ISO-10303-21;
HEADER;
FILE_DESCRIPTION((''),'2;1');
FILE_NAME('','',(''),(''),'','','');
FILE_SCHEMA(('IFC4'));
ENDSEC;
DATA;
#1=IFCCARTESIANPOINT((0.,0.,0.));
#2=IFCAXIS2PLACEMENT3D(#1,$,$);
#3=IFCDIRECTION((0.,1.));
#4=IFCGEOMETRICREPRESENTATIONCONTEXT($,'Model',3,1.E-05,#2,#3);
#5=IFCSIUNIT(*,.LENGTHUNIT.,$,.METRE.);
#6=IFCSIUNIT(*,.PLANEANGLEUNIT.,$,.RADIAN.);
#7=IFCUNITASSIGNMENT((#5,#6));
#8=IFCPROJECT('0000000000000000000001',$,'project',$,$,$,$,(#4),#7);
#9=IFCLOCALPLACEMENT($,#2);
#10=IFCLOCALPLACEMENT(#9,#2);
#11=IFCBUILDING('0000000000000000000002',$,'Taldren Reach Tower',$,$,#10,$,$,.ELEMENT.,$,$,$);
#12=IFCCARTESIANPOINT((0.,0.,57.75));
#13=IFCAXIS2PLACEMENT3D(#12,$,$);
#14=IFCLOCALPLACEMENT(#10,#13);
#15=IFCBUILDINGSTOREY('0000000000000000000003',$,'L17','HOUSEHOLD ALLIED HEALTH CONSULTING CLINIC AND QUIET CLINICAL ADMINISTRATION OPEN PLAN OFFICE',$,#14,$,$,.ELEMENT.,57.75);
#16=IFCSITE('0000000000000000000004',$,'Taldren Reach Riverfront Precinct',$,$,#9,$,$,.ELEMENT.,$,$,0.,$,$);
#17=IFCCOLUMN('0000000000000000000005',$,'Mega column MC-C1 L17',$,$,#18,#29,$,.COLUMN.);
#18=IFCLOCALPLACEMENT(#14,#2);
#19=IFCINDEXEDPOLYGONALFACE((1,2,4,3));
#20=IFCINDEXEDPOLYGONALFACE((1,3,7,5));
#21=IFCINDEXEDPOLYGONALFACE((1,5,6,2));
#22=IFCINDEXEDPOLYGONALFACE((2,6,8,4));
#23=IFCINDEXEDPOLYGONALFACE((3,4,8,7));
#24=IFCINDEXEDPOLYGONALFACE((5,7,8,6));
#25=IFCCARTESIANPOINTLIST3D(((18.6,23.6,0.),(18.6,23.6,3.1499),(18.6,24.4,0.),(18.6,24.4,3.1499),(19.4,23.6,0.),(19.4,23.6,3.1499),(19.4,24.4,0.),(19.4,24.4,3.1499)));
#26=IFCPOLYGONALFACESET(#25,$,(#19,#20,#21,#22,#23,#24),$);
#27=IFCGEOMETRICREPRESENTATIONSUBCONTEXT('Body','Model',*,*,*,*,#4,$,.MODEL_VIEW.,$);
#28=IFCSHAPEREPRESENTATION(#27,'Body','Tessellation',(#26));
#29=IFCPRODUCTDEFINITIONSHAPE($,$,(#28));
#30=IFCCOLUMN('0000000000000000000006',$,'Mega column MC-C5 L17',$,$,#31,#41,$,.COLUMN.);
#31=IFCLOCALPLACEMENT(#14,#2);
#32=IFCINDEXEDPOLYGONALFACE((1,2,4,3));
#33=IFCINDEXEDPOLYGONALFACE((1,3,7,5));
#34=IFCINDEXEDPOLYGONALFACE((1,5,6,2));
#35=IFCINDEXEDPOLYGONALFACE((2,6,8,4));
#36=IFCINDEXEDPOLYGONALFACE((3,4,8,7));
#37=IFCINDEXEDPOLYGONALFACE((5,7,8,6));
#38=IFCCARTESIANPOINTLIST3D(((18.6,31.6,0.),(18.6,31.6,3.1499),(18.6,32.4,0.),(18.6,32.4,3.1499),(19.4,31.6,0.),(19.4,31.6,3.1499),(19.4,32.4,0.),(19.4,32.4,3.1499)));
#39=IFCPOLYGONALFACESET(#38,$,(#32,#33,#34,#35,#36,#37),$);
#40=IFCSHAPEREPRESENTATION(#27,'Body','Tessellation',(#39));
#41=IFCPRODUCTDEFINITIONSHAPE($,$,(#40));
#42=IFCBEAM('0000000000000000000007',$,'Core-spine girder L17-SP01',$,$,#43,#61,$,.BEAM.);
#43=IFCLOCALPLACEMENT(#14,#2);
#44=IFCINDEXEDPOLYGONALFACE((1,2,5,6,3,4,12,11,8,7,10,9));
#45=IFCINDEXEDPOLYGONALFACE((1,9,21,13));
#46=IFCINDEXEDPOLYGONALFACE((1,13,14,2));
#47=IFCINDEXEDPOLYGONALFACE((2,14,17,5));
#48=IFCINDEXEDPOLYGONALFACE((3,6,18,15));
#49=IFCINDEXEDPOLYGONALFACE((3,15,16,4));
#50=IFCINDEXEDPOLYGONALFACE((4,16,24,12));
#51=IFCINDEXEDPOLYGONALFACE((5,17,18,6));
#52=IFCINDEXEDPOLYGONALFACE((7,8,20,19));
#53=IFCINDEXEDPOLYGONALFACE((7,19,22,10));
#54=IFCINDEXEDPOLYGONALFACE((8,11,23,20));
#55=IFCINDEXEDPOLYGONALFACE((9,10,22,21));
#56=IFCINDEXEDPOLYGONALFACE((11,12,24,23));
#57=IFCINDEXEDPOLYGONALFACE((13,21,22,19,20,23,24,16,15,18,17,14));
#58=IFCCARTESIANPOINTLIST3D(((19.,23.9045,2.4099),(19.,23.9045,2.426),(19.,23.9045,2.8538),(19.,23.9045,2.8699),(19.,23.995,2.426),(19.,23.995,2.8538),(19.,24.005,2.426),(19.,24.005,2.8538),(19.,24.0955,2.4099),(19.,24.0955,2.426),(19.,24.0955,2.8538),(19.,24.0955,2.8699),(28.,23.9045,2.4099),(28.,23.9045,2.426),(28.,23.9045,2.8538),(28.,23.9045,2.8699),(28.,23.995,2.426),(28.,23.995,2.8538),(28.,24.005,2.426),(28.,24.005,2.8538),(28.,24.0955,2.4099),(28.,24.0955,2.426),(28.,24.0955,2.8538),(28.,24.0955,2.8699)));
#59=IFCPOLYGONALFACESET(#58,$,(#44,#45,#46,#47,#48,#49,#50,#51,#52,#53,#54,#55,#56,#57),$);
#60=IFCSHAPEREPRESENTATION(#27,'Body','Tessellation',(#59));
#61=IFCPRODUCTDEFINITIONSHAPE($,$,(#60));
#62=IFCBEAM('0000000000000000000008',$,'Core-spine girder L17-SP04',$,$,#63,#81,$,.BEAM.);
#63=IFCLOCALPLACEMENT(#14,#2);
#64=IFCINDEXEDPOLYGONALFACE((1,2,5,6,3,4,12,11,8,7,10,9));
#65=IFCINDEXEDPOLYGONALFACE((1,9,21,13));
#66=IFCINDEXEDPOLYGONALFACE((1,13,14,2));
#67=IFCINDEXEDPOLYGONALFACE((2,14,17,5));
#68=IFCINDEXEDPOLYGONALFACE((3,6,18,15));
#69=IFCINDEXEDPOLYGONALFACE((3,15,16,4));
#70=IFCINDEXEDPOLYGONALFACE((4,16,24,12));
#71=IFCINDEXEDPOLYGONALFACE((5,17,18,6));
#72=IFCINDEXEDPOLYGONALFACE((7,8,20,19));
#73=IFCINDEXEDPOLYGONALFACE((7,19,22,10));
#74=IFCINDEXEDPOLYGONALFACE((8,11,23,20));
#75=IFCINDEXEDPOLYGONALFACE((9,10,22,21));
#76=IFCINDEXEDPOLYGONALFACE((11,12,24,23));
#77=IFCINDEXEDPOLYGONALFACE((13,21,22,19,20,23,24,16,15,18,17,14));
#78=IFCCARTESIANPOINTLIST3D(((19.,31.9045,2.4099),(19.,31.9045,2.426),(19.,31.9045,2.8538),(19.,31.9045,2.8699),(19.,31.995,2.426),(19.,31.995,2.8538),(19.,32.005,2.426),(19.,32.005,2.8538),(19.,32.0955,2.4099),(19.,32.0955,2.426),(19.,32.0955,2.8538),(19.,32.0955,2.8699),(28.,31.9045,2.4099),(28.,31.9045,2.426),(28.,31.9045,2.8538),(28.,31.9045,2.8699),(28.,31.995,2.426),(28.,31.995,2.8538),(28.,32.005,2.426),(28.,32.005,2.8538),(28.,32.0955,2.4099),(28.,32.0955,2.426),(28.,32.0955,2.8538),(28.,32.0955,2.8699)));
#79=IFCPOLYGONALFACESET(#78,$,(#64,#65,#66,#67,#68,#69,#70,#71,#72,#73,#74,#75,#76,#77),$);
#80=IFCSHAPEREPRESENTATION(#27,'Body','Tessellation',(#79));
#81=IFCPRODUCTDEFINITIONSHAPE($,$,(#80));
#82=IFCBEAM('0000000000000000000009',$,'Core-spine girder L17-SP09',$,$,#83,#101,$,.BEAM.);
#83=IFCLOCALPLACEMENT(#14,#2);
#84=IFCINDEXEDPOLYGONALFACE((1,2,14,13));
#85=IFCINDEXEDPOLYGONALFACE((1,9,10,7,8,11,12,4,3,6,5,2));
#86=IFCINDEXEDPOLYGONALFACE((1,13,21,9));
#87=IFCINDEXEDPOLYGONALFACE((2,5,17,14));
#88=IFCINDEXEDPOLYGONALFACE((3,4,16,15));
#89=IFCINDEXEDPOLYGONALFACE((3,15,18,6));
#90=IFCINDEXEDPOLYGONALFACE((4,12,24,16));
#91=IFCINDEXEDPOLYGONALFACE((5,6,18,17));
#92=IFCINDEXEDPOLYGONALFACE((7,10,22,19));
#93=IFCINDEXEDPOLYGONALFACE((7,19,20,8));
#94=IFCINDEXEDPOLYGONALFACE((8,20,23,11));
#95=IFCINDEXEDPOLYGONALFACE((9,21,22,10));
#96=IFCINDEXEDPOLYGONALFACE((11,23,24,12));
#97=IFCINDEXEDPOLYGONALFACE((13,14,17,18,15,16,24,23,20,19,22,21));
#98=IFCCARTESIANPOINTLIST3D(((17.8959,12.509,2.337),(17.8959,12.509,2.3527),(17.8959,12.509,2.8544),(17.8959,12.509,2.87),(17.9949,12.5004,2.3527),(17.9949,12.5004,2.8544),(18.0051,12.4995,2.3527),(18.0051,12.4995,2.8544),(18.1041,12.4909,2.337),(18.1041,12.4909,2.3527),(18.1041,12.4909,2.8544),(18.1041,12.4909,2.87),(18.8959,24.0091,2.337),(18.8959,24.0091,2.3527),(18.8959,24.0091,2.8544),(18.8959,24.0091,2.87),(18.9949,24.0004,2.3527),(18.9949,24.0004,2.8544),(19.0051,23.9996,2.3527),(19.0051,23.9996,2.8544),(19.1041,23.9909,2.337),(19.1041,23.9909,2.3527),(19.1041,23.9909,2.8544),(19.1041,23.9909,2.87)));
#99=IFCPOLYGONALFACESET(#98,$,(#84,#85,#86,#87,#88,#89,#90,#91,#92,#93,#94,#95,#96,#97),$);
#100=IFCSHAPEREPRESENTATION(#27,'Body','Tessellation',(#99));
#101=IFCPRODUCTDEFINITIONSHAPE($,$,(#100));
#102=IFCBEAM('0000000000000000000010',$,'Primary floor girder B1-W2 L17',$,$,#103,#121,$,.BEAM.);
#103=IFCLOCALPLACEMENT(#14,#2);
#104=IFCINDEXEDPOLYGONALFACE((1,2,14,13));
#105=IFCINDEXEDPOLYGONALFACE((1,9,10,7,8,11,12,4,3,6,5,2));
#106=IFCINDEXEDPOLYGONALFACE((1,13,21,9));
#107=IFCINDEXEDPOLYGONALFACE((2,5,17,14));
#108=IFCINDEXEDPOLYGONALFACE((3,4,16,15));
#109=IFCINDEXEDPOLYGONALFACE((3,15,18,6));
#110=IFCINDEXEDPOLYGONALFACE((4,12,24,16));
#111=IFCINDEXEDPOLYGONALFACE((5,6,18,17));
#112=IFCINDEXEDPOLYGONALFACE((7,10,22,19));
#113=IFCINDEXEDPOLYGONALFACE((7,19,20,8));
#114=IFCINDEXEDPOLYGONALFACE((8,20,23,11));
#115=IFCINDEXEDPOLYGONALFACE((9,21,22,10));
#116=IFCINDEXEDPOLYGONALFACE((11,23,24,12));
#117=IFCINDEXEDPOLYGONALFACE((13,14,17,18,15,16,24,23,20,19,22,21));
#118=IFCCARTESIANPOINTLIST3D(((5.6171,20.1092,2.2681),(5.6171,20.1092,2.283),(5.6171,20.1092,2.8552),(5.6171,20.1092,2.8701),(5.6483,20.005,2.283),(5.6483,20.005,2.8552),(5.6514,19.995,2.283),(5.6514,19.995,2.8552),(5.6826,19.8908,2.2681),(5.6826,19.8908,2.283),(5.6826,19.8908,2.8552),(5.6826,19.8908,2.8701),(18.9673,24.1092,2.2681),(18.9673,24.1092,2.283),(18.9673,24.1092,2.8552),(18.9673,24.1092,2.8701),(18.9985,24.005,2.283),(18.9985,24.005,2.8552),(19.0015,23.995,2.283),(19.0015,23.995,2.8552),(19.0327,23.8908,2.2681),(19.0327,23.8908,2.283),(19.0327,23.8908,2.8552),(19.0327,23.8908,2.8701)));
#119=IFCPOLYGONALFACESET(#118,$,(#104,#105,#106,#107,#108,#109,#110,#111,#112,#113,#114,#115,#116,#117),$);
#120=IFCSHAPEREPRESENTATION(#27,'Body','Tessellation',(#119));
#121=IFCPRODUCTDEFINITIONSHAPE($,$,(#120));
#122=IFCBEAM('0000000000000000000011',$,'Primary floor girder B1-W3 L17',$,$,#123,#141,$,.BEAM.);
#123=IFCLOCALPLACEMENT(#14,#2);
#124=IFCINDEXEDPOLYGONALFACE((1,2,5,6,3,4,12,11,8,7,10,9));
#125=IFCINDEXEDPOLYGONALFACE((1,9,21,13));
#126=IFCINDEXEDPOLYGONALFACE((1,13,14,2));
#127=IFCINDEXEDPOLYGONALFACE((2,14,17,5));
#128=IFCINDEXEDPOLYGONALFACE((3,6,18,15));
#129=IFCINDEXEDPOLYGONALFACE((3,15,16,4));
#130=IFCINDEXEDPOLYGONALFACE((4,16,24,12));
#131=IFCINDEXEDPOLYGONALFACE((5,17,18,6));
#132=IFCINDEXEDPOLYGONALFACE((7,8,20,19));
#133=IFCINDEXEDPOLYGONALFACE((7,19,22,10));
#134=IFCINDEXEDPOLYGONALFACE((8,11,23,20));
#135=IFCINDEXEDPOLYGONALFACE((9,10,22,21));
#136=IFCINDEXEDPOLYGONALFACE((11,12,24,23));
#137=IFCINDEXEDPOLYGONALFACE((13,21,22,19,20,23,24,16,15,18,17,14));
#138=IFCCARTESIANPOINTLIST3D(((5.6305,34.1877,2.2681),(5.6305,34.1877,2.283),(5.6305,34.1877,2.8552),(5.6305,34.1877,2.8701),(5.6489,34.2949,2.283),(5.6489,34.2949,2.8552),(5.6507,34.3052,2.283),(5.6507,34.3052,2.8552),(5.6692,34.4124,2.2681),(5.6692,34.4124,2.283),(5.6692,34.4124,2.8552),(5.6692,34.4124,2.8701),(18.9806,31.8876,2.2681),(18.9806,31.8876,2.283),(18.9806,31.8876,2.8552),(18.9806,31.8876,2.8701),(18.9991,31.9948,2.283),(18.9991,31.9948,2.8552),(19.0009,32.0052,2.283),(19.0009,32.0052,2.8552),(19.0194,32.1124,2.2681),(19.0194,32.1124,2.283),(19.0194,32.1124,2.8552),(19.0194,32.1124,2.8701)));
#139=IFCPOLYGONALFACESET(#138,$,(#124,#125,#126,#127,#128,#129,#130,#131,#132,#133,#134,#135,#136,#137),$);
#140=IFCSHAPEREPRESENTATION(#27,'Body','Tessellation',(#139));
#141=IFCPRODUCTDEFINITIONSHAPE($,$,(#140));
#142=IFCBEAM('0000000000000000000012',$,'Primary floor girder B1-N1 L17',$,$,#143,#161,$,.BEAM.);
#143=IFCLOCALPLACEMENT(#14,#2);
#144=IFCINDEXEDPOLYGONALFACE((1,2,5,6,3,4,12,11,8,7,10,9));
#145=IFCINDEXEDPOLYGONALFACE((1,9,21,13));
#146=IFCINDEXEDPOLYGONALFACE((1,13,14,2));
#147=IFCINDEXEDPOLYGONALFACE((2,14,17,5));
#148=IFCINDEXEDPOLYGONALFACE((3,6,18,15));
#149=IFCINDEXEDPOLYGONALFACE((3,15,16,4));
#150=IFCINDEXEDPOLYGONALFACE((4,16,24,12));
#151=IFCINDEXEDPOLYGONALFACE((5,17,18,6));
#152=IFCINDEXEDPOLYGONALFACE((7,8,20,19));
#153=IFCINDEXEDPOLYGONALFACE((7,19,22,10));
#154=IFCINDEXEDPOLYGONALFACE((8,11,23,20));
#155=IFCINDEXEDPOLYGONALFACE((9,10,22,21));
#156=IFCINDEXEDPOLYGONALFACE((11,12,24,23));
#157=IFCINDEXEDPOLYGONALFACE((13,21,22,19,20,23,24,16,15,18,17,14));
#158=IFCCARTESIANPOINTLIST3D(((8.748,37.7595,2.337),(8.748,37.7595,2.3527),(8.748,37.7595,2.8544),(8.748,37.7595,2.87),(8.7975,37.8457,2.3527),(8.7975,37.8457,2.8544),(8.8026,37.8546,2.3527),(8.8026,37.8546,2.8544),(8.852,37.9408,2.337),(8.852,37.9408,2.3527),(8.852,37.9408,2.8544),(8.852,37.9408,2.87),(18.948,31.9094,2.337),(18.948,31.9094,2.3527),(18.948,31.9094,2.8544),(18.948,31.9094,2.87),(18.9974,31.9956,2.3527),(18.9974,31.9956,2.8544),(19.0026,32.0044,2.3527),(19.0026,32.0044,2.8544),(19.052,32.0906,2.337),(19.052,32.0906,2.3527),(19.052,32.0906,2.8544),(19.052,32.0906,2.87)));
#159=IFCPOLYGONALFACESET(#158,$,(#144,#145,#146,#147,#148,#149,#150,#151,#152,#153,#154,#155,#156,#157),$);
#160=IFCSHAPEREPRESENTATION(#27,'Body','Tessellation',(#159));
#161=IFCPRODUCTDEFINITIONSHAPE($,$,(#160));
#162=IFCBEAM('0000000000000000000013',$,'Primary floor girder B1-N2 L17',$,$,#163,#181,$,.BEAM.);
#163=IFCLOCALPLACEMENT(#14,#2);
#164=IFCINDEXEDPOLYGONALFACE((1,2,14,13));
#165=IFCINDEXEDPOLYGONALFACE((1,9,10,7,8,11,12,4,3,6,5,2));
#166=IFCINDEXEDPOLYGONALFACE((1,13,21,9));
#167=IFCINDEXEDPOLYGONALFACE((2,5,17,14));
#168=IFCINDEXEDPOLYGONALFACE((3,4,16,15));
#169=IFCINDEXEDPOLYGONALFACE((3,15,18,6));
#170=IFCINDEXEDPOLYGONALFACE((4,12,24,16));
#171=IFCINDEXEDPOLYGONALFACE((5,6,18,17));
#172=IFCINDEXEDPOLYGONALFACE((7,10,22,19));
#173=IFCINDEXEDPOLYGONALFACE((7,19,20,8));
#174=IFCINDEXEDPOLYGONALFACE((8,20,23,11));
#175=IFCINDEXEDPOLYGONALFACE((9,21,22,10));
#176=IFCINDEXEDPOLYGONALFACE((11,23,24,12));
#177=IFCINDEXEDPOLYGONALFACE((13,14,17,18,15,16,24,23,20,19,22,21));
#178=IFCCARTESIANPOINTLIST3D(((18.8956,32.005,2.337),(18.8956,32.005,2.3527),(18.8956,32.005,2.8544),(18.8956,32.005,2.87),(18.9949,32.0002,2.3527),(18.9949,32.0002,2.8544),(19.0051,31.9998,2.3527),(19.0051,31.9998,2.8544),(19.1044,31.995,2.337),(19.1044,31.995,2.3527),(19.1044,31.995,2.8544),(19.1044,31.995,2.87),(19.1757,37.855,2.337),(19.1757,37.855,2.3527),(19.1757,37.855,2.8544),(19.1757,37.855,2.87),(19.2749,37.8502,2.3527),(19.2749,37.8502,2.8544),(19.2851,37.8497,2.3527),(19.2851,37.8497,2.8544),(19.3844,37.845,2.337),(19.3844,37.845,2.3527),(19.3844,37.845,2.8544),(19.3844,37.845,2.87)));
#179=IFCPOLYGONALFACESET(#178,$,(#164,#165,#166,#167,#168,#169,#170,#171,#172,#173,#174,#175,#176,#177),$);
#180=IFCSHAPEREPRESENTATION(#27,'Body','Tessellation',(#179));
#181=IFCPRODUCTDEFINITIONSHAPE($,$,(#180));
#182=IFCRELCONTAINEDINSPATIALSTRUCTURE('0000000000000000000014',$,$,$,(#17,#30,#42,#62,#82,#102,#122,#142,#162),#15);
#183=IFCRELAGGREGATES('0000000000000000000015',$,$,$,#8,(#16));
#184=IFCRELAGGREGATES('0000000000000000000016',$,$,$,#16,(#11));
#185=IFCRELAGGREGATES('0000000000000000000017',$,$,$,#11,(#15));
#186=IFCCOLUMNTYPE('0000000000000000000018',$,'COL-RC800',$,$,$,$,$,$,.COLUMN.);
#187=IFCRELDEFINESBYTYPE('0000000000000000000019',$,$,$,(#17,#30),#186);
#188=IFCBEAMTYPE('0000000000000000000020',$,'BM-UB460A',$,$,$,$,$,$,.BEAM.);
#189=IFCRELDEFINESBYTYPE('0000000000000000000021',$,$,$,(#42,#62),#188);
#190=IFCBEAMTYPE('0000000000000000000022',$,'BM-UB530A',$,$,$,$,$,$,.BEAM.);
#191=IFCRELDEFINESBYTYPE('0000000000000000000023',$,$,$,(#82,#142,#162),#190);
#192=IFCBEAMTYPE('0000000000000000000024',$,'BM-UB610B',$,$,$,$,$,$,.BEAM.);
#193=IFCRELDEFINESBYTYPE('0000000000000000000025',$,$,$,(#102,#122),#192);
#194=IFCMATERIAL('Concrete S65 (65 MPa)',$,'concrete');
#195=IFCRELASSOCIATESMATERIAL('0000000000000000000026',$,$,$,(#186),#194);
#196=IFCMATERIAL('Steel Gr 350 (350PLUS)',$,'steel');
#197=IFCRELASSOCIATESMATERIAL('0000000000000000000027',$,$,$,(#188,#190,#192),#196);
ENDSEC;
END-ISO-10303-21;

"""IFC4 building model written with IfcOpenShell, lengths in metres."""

from ifc_helpers import new_model, si_unit, direction, frame, origin, origin_2d, place, context, subcontext, project, spatial, rectangle, i_section, extrude, source, transform, mapped, material, material_profile, profile_set, type_object, element, save


model = new_model("IFC4")

# Units and contexts
model_context = context("Model", 3, precision=1e-05, world=origin(), true_north=direction((0.0, 1.0)))
body_context = subcontext(model_context, "Body", "Model", "MODEL_VIEW")
ifc_project = project(units=[si_unit("LENGTHUNIT", "METRE"), si_unit("PLANEANGLEUNIT", "RADIAN")], contexts=[model_context])

# Site, building, storey
site_placement = place(None, origin())
site = spatial("IfcSite", under=ifc_project, at=site_placement, Name="Taldren Reach Riverfront Precinct", CompositionType="ELEMENT", RefElevation=0.0)
building_placement = place(site_placement, origin())
building = spatial("IfcBuilding", under=site, at=building_placement, Name="Taldren Reach Tower", CompositionType="ELEMENT")
storey_placement = place(building_placement, frame((0.0, 0.0, 57.75)))
storey = spatial("IfcBuildingStorey", under=building, at=storey_placement, Name="L17", Description="HOUSEHOLD ALLIED HEALTH CONSULTING CLINIC AND QUIET CLINICAL ADMINISTRATION OPEN PLAN OFFICE", CompositionType="ELEMENT", Elevation=57.75)

# Columns
ifc_material_1 = material(Name="Concrete S65 (65 MPa)", Category="concrete")
ifc_material_profile_1 = material_profile(ifc_material_1, rectangle(XDim=0.8, YDim=0.8, at=origin_2d()), Name="RC-800x800")
ifc_profile_set_1 = profile_set([ifc_material_profile_1], Name="Concrete S65 (65 MPa)")
column_type = type_object("IfcColumnType", Name="COL-RC800", PredefinedType="COLUMN", material=ifc_profile_set_1)
shared_shape_1 = source(origin(), body_context, "Body", "SweptSolid", [
    extrude(rectangle(XDim=0.8, YDim=0.8, at=origin_2d()), origin(), (0.0, 0.0, 1.0), 3.1499),
])
for number, where, z_axis, x_axis, name in (
    (1, (19.0, 24.0, 0.0), (0.0, 0.0, 1.0), (1.0, 0.0, 0.0), "Mega column MC-C1 L17"),
    (2, (19.0, 32.0, 0.0), (0.0, 0.0, 1.0), (1.0, 0.0, 0.0), "Mega column MC-C5 L17"),
):
    element("IfcColumn", number, at=place(storey_placement, frame(where, z_axis=z_axis, x_axis=x_axis)), inside=storey, type_object=column_type, Name=name, PredefinedType="COLUMN", context=body_context, shape_type="MappedRepresentation", body=[
        mapped(shared_shape_1, transform((0.0, 0.0, 0.0), scale=1.0)),
    ])

# Beams
ifc_material_2 = material(Name="Steel Gr 350 (350PLUS)", Category="steel")
ifc_material_profile_2 = material_profile(ifc_material_2, i_section(OverallWidth=0.1909, OverallDepth=0.46, WebThickness=0.01, FlangeThickness=0.0161, at=origin_2d()), Name="460UB82.1")
ifc_profile_set_2 = profile_set([ifc_material_profile_2], Name="Steel Gr 350 (350PLUS)")
beam_type_1 = type_object("IfcBeamType", Name="BM-UB460A", PredefinedType="BEAM", material=ifc_profile_set_2)
shared_shape_2 = source(origin(), body_context, "Body", "SweptSolid", [
    extrude(i_section(OverallWidth=0.1909, OverallDepth=0.46, WebThickness=0.01, FlangeThickness=0.0161, at=origin_2d()), origin(), (0.0, 0.0, 1.0), 9.0),
])
for number, where, z_axis, x_axis, name in (
    (3, (19.0, 24.0, 2.6399), (1.0, 0.0, 0.0), (0.0, 1.0, 0.0), "Core-spine girder L17-SP01"),
    (4, (19.0, 32.0, 2.6399), (1.0, 0.0, 0.0), (0.0, 1.0, 0.0), "Core-spine girder L17-SP04"),
):
    element("IfcBeam", number, at=place(storey_placement, frame(where, z_axis=z_axis, x_axis=x_axis)), inside=storey, type_object=beam_type_1, Name=name, PredefinedType="BEAM", context=body_context, shape_type="MappedRepresentation", body=[
        mapped(shared_shape_2, transform((0.0, 0.0, 0.0), scale=1.0)),
    ])
ifc_material_profile_3 = material_profile(ifc_material_2, i_section(OverallWidth=0.209, OverallDepth=0.533, WebThickness=0.0103, FlangeThickness=0.0156, at=origin_2d()), Name="530UB92.4")
ifc_profile_set_3 = profile_set([ifc_material_profile_3], Name="Steel Gr 350 (350PLUS)")
beam_type_2 = type_object("IfcBeamType", Name="BM-UB530A", PredefinedType="BEAM", material=ifc_profile_set_3)
shared_shape_3 = source(origin(), body_context, "Body", "SweptSolid", [
    extrude(i_section(OverallWidth=0.209, OverallDepth=0.533, WebThickness=0.0103, FlangeThickness=0.0156, at=origin_2d()), origin(), (0.0, 0.0, 1.0), 11.5435),
])
beam_1_placement = place(storey_placement, frame((19.0, 24.0, 2.6035), z_axis=(-0.08663, -0.996241, 0.0), x_axis=(0.996241, -0.08663, 0.0)))
element("IfcBeam", 5, at=beam_1_placement, inside=storey, type_object=beam_type_2, Name="Core-spine girder L17-SP09", PredefinedType="BEAM", context=body_context, shape_type="MappedRepresentation", body=[
    mapped(shared_shape_3, transform((0.0, 0.0, 0.0), scale=1.0)),
])
ifc_material_profile_4 = material_profile(ifc_material_2, i_section(OverallWidth=0.228, OverallDepth=0.6021, WebThickness=0.0105, FlangeThickness=0.0149, at=origin_2d()), Name="610UB101")
ifc_profile_set_4 = profile_set([ifc_material_profile_4], Name="Steel Gr 350 (350PLUS)")
beam_type_3 = type_object("IfcBeamType", Name="BM-UB610B", PredefinedType="BEAM", material=ifc_profile_set_4)
shared_shape_4 = source(origin(), body_context, "Body", "SweptSolid", [
    extrude(i_section(OverallWidth=0.228, OverallDepth=0.6021, WebThickness=0.0105, FlangeThickness=0.0149, at=origin_2d()), origin(), (0.0, 0.0, 1.0), 13.9365),
])
beam_2_placement = place(storey_placement, frame((19.0, 24.0, 2.5691), z_axis=(-0.957926, -0.287017, 0.0), x_axis=(0.287017, -0.957926, 0.0)))
element("IfcBeam", 6, at=beam_2_placement, inside=storey, type_object=beam_type_3, Name="Primary floor girder B1-W2 L17", PredefinedType="BEAM", context=body_context, shape_type="MappedRepresentation", body=[
    mapped(shared_shape_4, transform((0.0, 0.0, 0.0), scale=1.0)),
])
shared_shape_5 = source(origin(), body_context, "Body", "SweptSolid", [
    extrude(i_section(OverallWidth=0.228, OverallDepth=0.6021, WebThickness=0.0105, FlangeThickness=0.0149, at=origin_2d()), origin(), (0.0, 0.0, 1.0), 13.5469),
])
beam_3_placement = place(storey_placement, frame((19.0, 32.0, 2.5691), z_axis=(-0.985481, 0.169786, 0.0), x_axis=(-0.169786, -0.985481, 0.0)))
element("IfcBeam", 7, at=beam_3_placement, inside=storey, type_object=beam_type_3, Name="Primary floor girder B1-W3 L17", PredefinedType="BEAM", context=body_context, shape_type="MappedRepresentation", body=[
    mapped(shared_shape_5, transform((0.0, 0.0, 0.0), scale=1.0)),
])
shared_shape_6 = source(origin(), body_context, "Body", "SweptSolid", [
    extrude(i_section(OverallWidth=0.209, OverallDepth=0.533, WebThickness=0.0103, FlangeThickness=0.0156, at=origin_2d()), origin(), (0.0, 0.0, 1.0), 11.7585),
])
beam_4_placement = place(storey_placement, frame((19.0, 32.0, 2.6035), z_axis=(-0.867452, 0.49752, 0.0), x_axis=(-0.49752, -0.867452, 0.0)))
element("IfcBeam", 8, at=beam_4_placement, inside=storey, type_object=beam_type_2, Name="Primary floor girder B1-N1 L17", PredefinedType="BEAM", context=body_context, shape_type="MappedRepresentation", body=[
    mapped(shared_shape_6, transform((0.0, 0.0, 0.0), scale=1.0)),
])
shared_shape_7 = source(origin(), body_context, "Body", "SweptSolid", [
    extrude(i_section(OverallWidth=0.209, OverallDepth=0.533, WebThickness=0.0103, FlangeThickness=0.0156, at=origin_2d()), origin(), (0.0, 0.0, 1.0), 5.8567),
])
beam_5_placement = place(storey_placement, frame((19.0, 32.0, 2.6035), z_axis=(0.047813, 0.998856, 0.0), x_axis=(-0.998856, 0.047813, 0.0)))
element("IfcBeam", 9, at=beam_5_placement, inside=storey, type_object=beam_type_2, Name="Primary floor girder B1-N2 L17", PredefinedType="BEAM", context=body_context, shape_type="MappedRepresentation", body=[
    mapped(shared_shape_7, transform((0.0, 0.0, 0.0), scale=1.0)),
])

save(model, "model.ifc")
